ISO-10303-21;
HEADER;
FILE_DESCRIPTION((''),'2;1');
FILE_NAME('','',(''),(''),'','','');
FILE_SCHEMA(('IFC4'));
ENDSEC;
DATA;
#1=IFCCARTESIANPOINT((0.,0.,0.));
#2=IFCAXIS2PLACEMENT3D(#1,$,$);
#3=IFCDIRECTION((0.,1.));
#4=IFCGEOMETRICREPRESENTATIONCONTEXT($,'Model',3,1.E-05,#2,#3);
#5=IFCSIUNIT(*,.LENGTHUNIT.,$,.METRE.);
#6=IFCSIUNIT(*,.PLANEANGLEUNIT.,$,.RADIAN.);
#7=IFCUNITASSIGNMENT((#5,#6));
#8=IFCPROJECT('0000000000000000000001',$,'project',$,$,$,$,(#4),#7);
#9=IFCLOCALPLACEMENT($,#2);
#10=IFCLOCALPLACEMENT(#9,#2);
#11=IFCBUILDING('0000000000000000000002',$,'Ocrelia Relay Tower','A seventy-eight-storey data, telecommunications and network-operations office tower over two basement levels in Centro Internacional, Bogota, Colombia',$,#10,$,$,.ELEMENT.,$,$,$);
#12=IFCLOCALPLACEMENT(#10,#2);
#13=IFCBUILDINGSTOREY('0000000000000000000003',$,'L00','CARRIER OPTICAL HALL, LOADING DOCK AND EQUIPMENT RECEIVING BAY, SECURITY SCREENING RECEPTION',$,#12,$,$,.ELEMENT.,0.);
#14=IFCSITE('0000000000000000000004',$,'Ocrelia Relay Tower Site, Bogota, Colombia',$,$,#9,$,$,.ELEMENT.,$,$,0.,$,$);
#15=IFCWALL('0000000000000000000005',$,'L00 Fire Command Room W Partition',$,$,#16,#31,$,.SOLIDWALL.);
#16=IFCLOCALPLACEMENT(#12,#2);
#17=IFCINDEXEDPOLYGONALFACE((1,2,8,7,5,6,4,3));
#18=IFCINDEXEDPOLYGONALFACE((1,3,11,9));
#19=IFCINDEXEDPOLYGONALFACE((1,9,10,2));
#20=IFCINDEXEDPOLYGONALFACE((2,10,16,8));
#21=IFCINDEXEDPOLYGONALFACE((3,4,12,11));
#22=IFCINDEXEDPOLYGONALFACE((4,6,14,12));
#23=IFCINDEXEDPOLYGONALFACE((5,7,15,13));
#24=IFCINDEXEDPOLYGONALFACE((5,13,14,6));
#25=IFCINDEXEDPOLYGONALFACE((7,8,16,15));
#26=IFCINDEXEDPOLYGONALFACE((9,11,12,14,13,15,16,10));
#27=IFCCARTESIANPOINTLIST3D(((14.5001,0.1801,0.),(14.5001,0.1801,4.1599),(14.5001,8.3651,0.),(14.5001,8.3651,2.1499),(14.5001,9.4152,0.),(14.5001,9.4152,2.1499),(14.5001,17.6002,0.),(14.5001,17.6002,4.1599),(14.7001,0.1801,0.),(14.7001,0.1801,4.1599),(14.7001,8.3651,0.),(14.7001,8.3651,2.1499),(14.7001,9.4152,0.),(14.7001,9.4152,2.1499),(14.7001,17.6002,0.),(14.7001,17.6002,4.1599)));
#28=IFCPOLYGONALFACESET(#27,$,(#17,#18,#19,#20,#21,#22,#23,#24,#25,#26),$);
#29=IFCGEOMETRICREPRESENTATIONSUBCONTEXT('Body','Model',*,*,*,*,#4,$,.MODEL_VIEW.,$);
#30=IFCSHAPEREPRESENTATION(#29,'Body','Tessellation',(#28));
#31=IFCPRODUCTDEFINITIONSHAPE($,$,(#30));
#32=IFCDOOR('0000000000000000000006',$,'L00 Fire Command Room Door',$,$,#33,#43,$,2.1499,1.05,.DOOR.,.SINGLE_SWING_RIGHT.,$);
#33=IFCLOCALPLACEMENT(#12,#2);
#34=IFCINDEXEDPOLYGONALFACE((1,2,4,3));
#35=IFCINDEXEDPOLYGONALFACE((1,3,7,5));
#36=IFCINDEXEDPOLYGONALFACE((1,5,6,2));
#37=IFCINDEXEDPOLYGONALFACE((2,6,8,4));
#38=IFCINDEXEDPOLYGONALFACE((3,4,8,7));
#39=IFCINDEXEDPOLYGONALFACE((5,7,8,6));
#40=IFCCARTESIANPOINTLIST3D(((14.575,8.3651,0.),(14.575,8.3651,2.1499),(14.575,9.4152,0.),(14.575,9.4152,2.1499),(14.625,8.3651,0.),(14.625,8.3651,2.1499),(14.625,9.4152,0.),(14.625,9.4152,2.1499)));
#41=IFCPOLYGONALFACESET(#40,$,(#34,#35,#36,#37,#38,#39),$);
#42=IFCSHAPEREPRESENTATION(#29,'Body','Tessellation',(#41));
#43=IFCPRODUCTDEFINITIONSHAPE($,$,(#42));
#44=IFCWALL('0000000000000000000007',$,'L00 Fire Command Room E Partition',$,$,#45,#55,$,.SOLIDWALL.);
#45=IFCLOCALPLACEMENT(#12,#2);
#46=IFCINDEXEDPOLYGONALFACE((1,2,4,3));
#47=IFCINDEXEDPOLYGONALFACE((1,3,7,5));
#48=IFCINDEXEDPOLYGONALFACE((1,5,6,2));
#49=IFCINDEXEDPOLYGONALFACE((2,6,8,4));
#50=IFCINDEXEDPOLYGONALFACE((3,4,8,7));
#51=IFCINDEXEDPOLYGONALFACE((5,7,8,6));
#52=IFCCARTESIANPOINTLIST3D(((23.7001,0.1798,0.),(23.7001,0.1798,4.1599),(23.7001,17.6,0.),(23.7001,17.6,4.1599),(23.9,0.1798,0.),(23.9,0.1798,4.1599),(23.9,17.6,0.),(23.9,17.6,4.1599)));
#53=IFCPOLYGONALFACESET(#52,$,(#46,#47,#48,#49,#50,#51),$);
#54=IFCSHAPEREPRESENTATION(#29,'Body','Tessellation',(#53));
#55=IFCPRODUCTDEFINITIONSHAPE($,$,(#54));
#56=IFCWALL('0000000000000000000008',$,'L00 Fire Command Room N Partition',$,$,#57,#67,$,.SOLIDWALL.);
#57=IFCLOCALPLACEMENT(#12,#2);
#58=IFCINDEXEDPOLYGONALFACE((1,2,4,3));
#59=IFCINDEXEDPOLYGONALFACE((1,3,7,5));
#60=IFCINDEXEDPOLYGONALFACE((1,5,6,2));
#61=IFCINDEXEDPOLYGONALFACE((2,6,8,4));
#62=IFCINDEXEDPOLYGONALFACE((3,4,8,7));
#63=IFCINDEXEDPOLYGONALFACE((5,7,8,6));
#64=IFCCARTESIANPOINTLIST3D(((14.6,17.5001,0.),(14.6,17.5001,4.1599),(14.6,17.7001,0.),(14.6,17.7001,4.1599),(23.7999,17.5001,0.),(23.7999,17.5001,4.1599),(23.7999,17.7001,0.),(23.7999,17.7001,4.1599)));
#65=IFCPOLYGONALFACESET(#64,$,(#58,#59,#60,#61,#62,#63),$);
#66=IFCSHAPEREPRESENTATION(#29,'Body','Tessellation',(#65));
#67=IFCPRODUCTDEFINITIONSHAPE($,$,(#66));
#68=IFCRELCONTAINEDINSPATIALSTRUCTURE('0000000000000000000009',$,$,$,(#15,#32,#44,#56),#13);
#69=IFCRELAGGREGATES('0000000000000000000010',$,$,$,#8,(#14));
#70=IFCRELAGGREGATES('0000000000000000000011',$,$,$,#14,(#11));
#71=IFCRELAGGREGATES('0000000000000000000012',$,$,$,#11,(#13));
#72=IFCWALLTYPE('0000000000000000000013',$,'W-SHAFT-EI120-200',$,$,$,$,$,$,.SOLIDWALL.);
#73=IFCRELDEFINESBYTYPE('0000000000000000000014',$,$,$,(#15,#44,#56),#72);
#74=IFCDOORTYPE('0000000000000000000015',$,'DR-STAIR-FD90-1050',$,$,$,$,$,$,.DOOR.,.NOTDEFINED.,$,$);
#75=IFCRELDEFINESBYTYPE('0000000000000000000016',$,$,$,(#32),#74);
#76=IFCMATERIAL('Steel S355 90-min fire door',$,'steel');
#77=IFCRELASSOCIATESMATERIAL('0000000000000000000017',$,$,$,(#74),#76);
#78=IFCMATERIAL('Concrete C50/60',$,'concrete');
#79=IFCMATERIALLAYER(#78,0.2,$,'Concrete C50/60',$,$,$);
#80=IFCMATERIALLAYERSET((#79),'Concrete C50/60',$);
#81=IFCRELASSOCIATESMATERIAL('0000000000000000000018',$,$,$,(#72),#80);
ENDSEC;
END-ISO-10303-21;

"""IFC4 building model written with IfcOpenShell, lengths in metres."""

from ifc_helpers import new_model, si_unit, direction, frame, frame_2d, origin, place, context, subcontext, project, spatial, rectangle, extrude, material, layer, layer_set, type_object, element, fill, save


model = new_model("IFC4")

# Units and contexts
model_context = context("Model", 3, precision=1e-05, world=origin(), true_north=direction((0.0, 1.0)))
body_context = subcontext(model_context, "Body", "Model", "MODEL_VIEW")
ifc_project = project(units=[si_unit("LENGTHUNIT", "METRE"), si_unit("PLANEANGLEUNIT", "RADIAN")], contexts=[model_context])

# Site, building, storey
site_placement = place(None, origin())
site = spatial("IfcSite", under=ifc_project, at=site_placement, Name="Ocrelia Relay Tower Site, Bogota, Colombia", CompositionType="ELEMENT", RefElevation=0.0)
building_placement = place(site_placement, origin())
building = spatial("IfcBuilding", under=site, at=building_placement, Name="Ocrelia Relay Tower", Description="A seventy-eight-storey data, telecommunications and network-operations office tower over two basement levels in Centro Internacional, Bogota, Colombia", CompositionType="ELEMENT")
storey_placement = place(building_placement, origin())
storey = spatial("IfcBuildingStorey", under=building, at=storey_placement, Name="L00", Description="CARRIER OPTICAL HALL, LOADING DOCK AND EQUIPMENT RECEIVING BAY, SECURITY SCREENING RECEPTION", CompositionType="ELEMENT", Elevation=0.0)

# Shared definitions
ifc_material_1 = material(Name="Concrete C50/60", Category="concrete")

# Shared definitions
ifc_material_2 = material(Name="Steel S355 90-min fire door", Category="steel")
door_type_1 = type_object("IfcDoorType", Name="DR-STAIR-FD90-1050", OperationType="NOTDEFINED", PredefinedType="DOOR", material=ifc_material_2)

# Wall, opening, door
ifc_layer_1 = layer(ifc_material_1, 0.2, Name="Concrete C50/60")
ifc_layer_set_1 = layer_set([ifc_layer_1], Name="Concrete C50/60")
wall_type_1 = type_object("IfcWallType", Name="W-SHAFT-EI120-200", PredefinedType="SOLIDWALL", material=ifc_layer_set_1)
wall_1_placement = place(storey_placement, frame((14.6001, 17.6001, 0.0), z_axis=(0.0, 0.0, 1.0), x_axis=(0.0, -1.0, 0.0)))
wall_1 = element("IfcWall", 1, at=wall_1_placement, inside=storey, type_object=wall_type_1, Name="L00 Fire Command Room W Partition", PredefinedType="SOLIDWALL", context=body_context, shape_type="SweptSolid", body=[
    extrude(rectangle(XDim=17.4202, YDim=0.2, at=frame_2d((8.71, 0.0))), origin(), (0.0, 0.0, 1.0), 4.1599),
])
opening_1_placement = place(wall_1_placement, frame((8.1851, 0.0, 0.0)))
opening_1 = element("IfcOpeningElement", 2, at=opening_1_placement, cuts=wall_1, PredefinedType="OPENING", context=body_context, shape_type="SweptSolid", body=[
    extrude(rectangle(XDim=1.05, YDim=2.1499, at=frame_2d((0.5249, 1.075))), frame((0.0, 0.1099, 0.0), z_axis=(0.0, -1.0, 0.0), x_axis=(1.0, 0.0, 0.0)), (0.0, 0.0, 1.0), 0.22),
])
door_1_placement = place(opening_1_placement, origin())
door_1 = element("IfcDoor", 3, at=door_1_placement, inside=storey, type_object=door_type_1, Name="L00 Fire Command Room Door", OperationType="SINGLE_SWING_RIGHT", OverallHeight=2.1499, OverallWidth=1.05, PredefinedType="DOOR", context=body_context, shape_type="SweptSolid", body=[
    extrude(rectangle(XDim=1.05, YDim=2.1499, at=frame_2d((0.5249, 1.075))), frame((0.0, 0.0249, 0.0), z_axis=(0.0, -1.0, 0.0), x_axis=(1.0, 0.0, 0.0)), (0.0, 0.0, 1.0), 0.05),
])
fill(opening_1, door_1)

# Walls
wall_2_placement = place(storey_placement, frame((23.8, 0.1799, 0.0), z_axis=(0.0, 0.0, 1.0), x_axis=(0.0, 1.0, 0.0)))
element("IfcWall", 4, at=wall_2_placement, inside=storey, type_object=wall_type_1, Name="L00 Fire Command Room E Partition", PredefinedType="SOLIDWALL", context=body_context, shape_type="SweptSolid", body=[
    extrude(rectangle(XDim=17.4202, YDim=0.2, at=frame_2d((8.71, 0.0))), origin(), (0.0, 0.0, 1.0), 4.1599),
])
wall_3_placement = place(storey_placement, frame((23.8, 17.6001, 0.0), z_axis=(0.0, 0.0, 1.0), x_axis=(-1.0, 0.0, 0.0)))
element("IfcWall", 5, at=wall_3_placement, inside=storey, type_object=wall_type_1, Name="L00 Fire Command Room N Partition", PredefinedType="SOLIDWALL", context=body_context, shape_type="SweptSolid", body=[
    extrude(rectangle(XDim=9.2, YDim=0.2, at=frame_2d((4.6001, 0.0))), origin(), (0.0, 0.0, 1.0), 4.1599),
])

save(model, "model.ifc")
